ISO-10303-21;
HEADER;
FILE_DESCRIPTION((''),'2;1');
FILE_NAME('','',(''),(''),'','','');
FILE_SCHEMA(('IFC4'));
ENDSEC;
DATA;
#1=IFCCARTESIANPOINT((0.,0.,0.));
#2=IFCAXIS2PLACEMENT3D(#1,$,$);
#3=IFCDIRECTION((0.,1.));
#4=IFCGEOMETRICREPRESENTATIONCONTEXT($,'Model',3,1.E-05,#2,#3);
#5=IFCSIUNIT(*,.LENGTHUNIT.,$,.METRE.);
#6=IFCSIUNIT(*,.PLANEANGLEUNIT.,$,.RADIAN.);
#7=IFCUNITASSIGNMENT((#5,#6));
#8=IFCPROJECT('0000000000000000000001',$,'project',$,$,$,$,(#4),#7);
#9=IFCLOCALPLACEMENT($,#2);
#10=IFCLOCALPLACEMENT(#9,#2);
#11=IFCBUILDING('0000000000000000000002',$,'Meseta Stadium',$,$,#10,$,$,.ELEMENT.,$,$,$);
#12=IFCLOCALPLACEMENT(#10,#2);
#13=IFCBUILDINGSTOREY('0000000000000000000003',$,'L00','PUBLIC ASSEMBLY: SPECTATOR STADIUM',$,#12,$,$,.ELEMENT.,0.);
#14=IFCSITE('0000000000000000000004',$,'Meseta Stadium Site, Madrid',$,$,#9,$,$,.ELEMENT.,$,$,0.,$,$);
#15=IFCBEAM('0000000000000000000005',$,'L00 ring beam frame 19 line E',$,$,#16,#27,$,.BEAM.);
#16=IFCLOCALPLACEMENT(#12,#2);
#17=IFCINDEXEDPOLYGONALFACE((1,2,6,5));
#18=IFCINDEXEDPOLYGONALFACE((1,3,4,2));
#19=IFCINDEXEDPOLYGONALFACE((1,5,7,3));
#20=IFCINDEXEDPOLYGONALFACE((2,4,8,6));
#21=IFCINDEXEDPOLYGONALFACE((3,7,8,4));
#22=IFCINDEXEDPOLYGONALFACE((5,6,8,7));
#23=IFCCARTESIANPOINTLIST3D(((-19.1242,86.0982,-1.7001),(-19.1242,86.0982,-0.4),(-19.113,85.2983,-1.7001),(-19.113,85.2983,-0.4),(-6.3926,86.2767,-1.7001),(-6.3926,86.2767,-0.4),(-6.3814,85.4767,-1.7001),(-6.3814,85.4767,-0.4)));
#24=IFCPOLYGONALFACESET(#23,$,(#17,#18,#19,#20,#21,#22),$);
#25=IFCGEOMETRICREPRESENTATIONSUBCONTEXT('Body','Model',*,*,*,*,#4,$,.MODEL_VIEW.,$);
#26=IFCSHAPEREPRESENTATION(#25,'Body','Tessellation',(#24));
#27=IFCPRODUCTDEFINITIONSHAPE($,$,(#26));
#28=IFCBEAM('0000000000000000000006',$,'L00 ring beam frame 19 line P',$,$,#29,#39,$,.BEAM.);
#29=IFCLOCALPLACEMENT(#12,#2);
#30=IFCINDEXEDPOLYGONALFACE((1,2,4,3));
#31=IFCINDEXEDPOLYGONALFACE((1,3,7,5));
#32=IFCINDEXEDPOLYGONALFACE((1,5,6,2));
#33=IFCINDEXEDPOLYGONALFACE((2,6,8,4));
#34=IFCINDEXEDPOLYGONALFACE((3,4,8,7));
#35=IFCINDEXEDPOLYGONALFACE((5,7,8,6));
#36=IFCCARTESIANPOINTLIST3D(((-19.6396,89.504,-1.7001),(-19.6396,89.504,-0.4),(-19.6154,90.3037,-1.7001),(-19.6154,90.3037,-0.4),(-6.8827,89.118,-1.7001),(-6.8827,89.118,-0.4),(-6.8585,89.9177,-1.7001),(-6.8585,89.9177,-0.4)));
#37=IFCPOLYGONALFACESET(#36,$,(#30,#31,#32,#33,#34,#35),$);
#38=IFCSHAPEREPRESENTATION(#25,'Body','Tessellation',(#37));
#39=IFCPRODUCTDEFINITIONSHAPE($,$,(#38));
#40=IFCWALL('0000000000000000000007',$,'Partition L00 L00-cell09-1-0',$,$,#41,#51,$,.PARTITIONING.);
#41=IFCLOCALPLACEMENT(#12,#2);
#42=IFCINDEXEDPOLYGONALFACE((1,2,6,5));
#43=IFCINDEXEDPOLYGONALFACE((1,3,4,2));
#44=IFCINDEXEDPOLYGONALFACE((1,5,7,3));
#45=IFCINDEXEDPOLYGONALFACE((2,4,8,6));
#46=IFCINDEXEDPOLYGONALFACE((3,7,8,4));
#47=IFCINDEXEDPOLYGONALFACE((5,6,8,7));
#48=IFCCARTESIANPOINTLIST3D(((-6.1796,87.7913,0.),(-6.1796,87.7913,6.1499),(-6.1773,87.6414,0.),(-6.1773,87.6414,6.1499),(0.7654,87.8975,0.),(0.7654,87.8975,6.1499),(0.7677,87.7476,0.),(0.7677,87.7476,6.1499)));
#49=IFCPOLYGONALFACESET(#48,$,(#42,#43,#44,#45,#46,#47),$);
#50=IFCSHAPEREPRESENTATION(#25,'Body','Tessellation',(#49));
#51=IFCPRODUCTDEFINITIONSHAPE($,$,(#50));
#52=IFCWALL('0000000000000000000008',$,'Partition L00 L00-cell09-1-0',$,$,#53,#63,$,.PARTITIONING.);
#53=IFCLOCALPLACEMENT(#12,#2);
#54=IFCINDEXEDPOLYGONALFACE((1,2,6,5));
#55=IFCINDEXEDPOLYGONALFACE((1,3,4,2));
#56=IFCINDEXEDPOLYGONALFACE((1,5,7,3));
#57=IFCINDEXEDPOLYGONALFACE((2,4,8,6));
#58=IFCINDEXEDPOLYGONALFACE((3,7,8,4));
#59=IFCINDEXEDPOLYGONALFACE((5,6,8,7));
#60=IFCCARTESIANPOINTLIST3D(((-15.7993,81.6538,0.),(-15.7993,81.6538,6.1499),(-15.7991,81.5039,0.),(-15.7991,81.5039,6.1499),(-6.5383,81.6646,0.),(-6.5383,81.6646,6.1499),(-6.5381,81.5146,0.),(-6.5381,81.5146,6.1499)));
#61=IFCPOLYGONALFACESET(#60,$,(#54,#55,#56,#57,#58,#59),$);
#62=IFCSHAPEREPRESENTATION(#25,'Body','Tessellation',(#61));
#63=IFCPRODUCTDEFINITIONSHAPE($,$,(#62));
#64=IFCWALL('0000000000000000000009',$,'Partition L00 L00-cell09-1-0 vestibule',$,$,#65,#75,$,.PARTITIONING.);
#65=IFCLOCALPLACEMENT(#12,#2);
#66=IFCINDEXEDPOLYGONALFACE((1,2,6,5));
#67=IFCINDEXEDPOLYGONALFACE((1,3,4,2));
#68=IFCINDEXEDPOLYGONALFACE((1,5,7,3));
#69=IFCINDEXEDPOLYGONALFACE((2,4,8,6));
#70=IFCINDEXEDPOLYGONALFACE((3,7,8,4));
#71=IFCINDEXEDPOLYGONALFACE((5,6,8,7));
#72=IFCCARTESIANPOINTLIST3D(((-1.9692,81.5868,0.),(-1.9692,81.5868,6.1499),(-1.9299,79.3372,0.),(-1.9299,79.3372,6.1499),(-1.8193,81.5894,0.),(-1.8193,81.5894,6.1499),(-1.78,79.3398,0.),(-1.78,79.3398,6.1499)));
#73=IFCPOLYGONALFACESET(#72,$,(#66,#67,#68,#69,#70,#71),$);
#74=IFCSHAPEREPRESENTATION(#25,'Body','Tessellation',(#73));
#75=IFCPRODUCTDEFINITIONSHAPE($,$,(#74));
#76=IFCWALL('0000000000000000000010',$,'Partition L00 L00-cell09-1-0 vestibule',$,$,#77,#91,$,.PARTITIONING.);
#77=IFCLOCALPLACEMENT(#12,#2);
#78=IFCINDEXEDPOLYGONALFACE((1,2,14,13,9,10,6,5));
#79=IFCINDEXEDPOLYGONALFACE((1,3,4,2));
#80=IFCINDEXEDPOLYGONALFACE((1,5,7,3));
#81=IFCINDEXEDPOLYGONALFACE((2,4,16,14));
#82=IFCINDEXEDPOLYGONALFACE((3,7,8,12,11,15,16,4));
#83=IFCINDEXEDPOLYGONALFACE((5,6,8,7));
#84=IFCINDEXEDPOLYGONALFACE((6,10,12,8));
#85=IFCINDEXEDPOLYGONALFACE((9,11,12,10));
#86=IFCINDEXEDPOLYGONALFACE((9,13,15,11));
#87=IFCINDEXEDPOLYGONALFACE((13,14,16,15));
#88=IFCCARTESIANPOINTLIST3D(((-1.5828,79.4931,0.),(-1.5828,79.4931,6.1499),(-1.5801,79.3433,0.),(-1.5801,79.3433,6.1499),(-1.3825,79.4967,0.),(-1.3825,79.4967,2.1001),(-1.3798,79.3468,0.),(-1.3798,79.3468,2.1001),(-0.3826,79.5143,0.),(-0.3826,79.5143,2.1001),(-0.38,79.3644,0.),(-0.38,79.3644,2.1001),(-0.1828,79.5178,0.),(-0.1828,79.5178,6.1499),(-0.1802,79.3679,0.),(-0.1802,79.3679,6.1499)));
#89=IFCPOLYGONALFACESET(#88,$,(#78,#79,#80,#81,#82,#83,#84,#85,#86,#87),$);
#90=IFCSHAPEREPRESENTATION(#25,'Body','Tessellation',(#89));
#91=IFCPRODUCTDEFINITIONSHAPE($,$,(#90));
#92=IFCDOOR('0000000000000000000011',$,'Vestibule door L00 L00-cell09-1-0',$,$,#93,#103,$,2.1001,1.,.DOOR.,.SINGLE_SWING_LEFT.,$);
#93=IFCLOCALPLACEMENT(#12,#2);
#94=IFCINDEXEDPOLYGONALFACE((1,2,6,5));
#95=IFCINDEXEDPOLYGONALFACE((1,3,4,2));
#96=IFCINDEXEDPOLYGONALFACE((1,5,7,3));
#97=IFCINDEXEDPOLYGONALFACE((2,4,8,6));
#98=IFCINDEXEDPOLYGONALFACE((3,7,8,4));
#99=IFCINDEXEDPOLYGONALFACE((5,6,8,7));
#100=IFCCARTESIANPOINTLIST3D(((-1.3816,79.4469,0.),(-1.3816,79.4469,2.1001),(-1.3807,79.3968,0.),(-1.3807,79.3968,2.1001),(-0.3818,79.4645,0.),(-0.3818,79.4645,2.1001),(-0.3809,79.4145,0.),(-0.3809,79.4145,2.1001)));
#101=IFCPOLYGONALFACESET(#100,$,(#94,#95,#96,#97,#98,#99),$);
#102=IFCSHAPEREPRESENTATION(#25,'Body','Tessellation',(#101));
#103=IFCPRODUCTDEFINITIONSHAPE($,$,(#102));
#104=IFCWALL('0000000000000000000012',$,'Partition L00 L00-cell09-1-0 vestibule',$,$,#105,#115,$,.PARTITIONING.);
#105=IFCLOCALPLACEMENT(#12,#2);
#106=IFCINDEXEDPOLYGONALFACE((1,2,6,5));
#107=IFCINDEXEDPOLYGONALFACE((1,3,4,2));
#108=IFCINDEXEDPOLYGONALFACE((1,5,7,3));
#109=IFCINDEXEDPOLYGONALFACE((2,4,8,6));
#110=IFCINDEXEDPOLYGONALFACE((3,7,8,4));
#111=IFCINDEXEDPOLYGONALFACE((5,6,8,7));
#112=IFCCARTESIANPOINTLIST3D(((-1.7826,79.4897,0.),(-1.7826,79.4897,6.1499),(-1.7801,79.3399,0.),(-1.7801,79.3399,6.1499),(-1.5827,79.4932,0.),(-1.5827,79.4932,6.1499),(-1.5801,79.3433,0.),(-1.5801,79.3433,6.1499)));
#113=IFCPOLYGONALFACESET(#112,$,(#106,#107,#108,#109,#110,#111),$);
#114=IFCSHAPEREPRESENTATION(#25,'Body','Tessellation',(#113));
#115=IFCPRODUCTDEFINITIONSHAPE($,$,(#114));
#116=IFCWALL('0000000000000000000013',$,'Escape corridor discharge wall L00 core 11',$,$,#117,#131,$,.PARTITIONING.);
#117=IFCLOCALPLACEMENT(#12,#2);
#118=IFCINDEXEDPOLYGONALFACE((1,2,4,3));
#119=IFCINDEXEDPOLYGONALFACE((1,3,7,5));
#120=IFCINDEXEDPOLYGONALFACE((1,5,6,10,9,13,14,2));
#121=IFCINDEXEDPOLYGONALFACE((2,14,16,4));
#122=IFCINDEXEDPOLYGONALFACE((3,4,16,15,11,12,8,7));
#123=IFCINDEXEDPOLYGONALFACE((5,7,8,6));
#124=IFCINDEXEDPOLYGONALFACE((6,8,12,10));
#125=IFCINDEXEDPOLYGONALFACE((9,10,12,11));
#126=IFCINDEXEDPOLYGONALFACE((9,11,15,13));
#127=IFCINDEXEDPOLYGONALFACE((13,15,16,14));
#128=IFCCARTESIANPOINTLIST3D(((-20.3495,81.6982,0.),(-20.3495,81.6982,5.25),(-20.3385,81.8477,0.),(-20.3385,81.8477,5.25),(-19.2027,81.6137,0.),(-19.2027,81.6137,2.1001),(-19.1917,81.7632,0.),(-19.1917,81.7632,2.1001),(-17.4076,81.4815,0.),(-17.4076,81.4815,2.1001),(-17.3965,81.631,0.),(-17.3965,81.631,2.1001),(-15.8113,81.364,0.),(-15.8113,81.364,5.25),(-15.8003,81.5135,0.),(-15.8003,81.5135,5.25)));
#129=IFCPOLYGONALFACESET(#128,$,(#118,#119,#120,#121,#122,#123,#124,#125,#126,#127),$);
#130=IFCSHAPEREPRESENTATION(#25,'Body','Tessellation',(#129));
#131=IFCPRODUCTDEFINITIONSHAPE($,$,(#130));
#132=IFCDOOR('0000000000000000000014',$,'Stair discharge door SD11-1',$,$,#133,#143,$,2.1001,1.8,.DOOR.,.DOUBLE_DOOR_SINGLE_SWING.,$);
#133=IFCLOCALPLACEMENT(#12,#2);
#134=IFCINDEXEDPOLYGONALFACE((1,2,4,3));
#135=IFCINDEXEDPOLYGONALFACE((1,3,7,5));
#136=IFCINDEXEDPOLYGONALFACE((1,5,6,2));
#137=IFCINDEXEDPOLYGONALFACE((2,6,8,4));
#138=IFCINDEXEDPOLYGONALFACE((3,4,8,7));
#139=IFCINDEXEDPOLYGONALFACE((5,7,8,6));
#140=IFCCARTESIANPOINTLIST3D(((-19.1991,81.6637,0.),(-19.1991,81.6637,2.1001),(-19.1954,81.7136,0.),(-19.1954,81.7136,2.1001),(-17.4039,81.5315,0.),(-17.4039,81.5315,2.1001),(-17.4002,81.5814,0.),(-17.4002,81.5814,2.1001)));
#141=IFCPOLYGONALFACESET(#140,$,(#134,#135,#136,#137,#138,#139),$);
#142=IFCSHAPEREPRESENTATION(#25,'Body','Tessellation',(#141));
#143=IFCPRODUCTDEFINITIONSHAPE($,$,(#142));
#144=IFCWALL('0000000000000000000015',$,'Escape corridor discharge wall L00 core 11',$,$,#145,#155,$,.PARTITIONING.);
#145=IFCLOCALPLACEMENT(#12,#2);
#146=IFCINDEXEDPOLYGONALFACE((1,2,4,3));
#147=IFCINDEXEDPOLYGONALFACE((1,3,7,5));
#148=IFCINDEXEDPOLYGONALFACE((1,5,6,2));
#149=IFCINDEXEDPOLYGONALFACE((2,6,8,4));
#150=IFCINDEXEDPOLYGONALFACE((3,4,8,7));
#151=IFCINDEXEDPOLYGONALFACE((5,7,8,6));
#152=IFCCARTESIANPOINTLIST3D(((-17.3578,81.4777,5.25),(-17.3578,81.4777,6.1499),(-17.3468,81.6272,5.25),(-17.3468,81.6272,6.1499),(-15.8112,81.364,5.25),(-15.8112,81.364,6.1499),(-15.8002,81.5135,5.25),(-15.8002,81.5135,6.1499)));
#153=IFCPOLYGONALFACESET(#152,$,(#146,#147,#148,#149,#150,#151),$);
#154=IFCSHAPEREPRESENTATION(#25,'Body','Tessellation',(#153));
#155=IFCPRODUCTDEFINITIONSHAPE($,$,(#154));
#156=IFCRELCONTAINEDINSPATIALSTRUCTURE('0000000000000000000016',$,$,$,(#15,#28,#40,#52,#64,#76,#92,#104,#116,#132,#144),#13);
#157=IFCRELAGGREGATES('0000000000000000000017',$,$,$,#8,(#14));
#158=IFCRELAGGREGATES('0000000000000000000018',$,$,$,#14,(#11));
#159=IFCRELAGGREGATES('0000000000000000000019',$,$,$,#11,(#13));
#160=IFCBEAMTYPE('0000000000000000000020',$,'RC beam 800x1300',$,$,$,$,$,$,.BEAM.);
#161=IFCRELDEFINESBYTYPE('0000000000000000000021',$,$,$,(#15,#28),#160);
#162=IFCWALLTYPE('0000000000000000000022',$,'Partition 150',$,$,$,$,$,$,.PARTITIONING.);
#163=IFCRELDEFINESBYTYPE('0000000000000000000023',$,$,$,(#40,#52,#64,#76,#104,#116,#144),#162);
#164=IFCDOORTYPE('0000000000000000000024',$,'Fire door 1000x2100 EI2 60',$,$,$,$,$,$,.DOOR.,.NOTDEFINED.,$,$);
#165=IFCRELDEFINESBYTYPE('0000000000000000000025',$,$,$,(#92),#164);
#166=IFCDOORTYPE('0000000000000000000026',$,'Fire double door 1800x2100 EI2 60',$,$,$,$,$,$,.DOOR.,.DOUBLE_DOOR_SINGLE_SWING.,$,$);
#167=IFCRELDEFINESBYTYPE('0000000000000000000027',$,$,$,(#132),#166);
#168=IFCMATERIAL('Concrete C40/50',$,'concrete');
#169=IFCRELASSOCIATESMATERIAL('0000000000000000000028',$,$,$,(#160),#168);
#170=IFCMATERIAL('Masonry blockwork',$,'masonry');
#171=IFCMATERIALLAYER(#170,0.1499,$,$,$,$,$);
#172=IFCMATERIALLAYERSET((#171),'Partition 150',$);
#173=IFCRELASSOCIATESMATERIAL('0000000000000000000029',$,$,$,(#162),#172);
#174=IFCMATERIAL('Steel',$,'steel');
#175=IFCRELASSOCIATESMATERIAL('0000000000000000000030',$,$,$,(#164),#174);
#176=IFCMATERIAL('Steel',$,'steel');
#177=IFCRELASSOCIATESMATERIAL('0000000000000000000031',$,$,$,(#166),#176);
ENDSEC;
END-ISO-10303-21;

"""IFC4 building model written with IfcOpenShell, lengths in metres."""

from ifc_helpers import new_model, si_unit, direction, frame, frame_2d, origin, origin_2d, place, context, subcontext, project, spatial, rectangle, extrude, material, layer, layer_set, material_profile, profile_set, type_object, element, fill, save


model = new_model("IFC4")

# Units and contexts
model_context = context("Model", 3, precision=1e-05, world=origin(), true_north=direction((0.0, 1.0)))
body_context = subcontext(model_context, "Body", "Model", "MODEL_VIEW")
ifc_project = project(units=[si_unit("LENGTHUNIT", "METRE"), si_unit("PLANEANGLEUNIT", "RADIAN")], contexts=[model_context])

# Site, building, storey
site_placement = place(None, origin())
site = spatial("IfcSite", under=ifc_project, at=site_placement, Name="Meseta Stadium Site, Madrid", CompositionType="ELEMENT", RefElevation=0.0)
building_placement = place(site_placement, origin())
building = spatial("IfcBuilding", under=site, at=building_placement, Name="Meseta Stadium", CompositionType="ELEMENT")
storey_placement = place(building_placement, origin())
storey = spatial("IfcBuildingStorey", under=building, at=storey_placement, Name="L00", Description="PUBLIC ASSEMBLY: SPECTATOR STADIUM", CompositionType="ELEMENT", Elevation=0.0)

# Beams
ifc_material_1 = material(Name="Concrete C40/50", Category="concrete")
ifc_material_profile_1 = material_profile(ifc_material_1, rectangle(XDim=0.8, YDim=1.3, at=origin_2d()), Name="RC 800x1300")
ifc_profile_set_1 = profile_set([ifc_material_profile_1], Name="Concrete C40/50")
beam_type_1 = type_object("IfcBeamType", Name="RC beam 800x1300", PredefinedType="BEAM", material=ifc_profile_set_1)
beam_1_placement = place(storey_placement, frame((-6.387, 85.8767, -1.05), z_axis=(-0.999902, -0.014016, 0.0), x_axis=(0.014016, -0.999902, 0.0)))
element("IfcBeam", 1, at=beam_1_placement, inside=storey, type_object=beam_type_1, Name="L00 ring beam frame 19 line E", PredefinedType="BEAM", context=body_context, shape_type="SweptSolid", body=[
    extrude(rectangle(XDim=0.8, YDim=1.3, at=origin_2d()), origin(), (0.0, 0.0, 1.0), 12.7329),
])
beam_2_placement = place(storey_placement, frame((-6.8706, 89.5178, -1.05), z_axis=(-0.999543, 0.030243, 0.0), x_axis=(-0.030243, -0.999543, 0.0)))
element("IfcBeam", 2, at=beam_2_placement, inside=storey, type_object=beam_type_1, Name="L00 ring beam frame 19 line P", PredefinedType="BEAM", context=body_context, shape_type="SweptSolid", body=[
    extrude(rectangle(XDim=0.8, YDim=1.3, at=origin_2d()), origin(), (0.0, 0.0, 1.0), 12.7627),
])

# Walls
ifc_material_2 = material(Name="Masonry blockwork", Category="masonry")
ifc_layer = layer(ifc_material_2, 0.1499)
ifc_layer_set = layer_set([ifc_layer], Name="Partition 150")
wall_type = type_object("IfcWallType", Name="Partition 150", PredefinedType="PARTITIONING", material=ifc_layer_set)
wall_1_placement = place(storey_placement, frame((-6.1785, 87.7163, 0.0), z_axis=(0.0, 0.0, 1.0), x_axis=(0.999883, 0.01529, 0.0)))
element("IfcWall", 3, at=wall_1_placement, inside=storey, type_object=wall_type, Name="Partition L00 L00-cell09-1-0", PredefinedType="PARTITIONING", context=body_context, shape_type="SweptSolid", body=[
    extrude(rectangle(XDim=6.9458, YDim=0.1499, at=frame_2d((3.4729, 0.0))), origin(), (0.0, 0.0, 1.0), 6.1499),
])
wall_2_placement = place(storey_placement, frame((-6.5383, 81.5896, 0.0), z_axis=(0.0, 0.0, 1.0), x_axis=(-0.999999, -0.00116, 0.0)))
element("IfcWall", 4, at=wall_2_placement, inside=storey, type_object=wall_type, Name="Partition L00 L00-cell09-1-0", PredefinedType="PARTITIONING", context=body_context, shape_type="SweptSolid", body=[
    extrude(rectangle(XDim=9.261, YDim=0.1499, at=frame_2d((4.6304, 0.0))), origin(), (0.0, 0.0, 1.0), 6.1499),
])
wall_3_placement = place(storey_placement, frame((-1.8943, 81.5881, 0.0), z_axis=(0.0, 0.0, 1.0), x_axis=(0.017469, -0.999847, 0.0)))
element("IfcWall", 5, at=wall_3_placement, inside=storey, type_object=wall_type, Name="Partition L00 L00-cell09-1-0 vestibule", PredefinedType="PARTITIONING", context=body_context, shape_type="SweptSolid", body=[
    extrude(rectangle(XDim=2.25, YDim=0.1499, at=frame_2d((1.125, 0.0))), origin(), (0.0, 0.0, 1.0), 6.1499),
])

# Wall, opening, door
wall_4_placement = place(storey_placement, frame((-0.1814, 79.4429, 0.0), z_axis=(0.0, 0.0, 1.0), x_axis=(-0.999845, -0.017611, 0.0)))
wall_4 = element("IfcWall", 6, at=wall_4_placement, inside=storey, type_object=wall_type, Name="Partition L00 L00-cell09-1-0 vestibule", PredefinedType="PARTITIONING", context=body_context, shape_type="SweptSolid", body=[
    extrude(rectangle(XDim=1.4001, YDim=0.1499, at=frame_2d((0.7002, 0.0))), origin(), (0.0, 0.0, 1.0), 6.1499),
])
opening_1_placement = place(wall_4_placement, frame((0.2, 0.0, 0.0)))
opening_1 = element("IfcOpeningElement", 7, at=opening_1_placement, cuts=wall_4, PredefinedType="OPENING", context=body_context, shape_type="SweptSolid", body=[
    extrude(rectangle(XDim=1.0, YDim=2.1001, at=frame_2d((0.5, 1.05))), frame((0.0, 0.085, 0.0), z_axis=(0.0, -1.0, 0.0), x_axis=(1.0, 0.0, 0.0)), (0.0, 0.0, 1.0), 0.1699),
])
ifc_material_3 = material(Name="Steel", Category="steel")
door_type_1 = type_object("IfcDoorType", Name="Fire door 1000x2100 EI2 60", OperationType="NOTDEFINED", PredefinedType="DOOR", material=ifc_material_3)
door_1_placement = place(opening_1_placement, origin())
door_1 = element("IfcDoor", 8, at=door_1_placement, inside=storey, type_object=door_type_1, Name="Vestibule door L00 L00-cell09-1-0", OperationType="SINGLE_SWING_LEFT", OverallHeight=2.1001, OverallWidth=1.0, PredefinedType="DOOR", context=body_context, shape_type="SweptSolid", body=[
    extrude(rectangle(XDim=1.0, YDim=2.1001, at=frame_2d((0.5, 1.05))), frame((0.0, 0.0249, 0.0), z_axis=(0.0, -1.0, 0.0), x_axis=(1.0, 0.0, 0.0)), (0.0, 0.0, 1.0), 0.05),
])
fill(opening_1, door_1)

# Wall
wall_5_placement = place(storey_placement, frame((-1.5813, 79.4182, 0.0), z_axis=(0.0, 0.0, 1.0), x_axis=(-0.999854, -0.017092, 0.0)))
element("IfcWall", 9, at=wall_5_placement, inside=storey, type_object=wall_type, Name="Partition L00 L00-cell09-1-0 vestibule", PredefinedType="PARTITIONING", context=body_context, shape_type="SweptSolid", body=[
    extrude(rectangle(XDim=0.2, YDim=0.1499, at=frame_2d((0.1001, 0.0))), origin(), (0.0, 0.0, 1.0), 6.1499),
])

# Wall, opening, door
wall_6_placement = place(storey_placement, frame((-15.8057, 81.4387, 0.0), z_axis=(0.0, 0.0, 1.0), x_axis=(-0.997299, 0.073447, 0.0)))
wall_6 = element("IfcWall", 10, at=wall_6_placement, inside=storey, type_object=wall_type, Name="Escape corridor discharge wall L00 core 11", PredefinedType="PARTITIONING", context=body_context, shape_type="SweptSolid", body=[
    extrude(rectangle(XDim=4.5505, YDim=0.1499, at=frame_2d((2.2754, 0.0))), origin(), (0.0, 0.0, 1.0), 5.25),
])
opening_2_placement = place(wall_6_placement, frame((1.6008, 0.0, 0.0)))
opening_2 = element("IfcOpeningElement", 11, at=opening_2_placement, cuts=wall_6, PredefinedType="OPENING", context=body_context, shape_type="SweptSolid", body=[
    extrude(rectangle(XDim=1.8, YDim=2.1001, at=frame_2d((0.8999, 1.05))), frame((0.0, 0.085, 0.0), z_axis=(0.0, -1.0, 0.0), x_axis=(1.0, 0.0, 0.0)), (0.0, 0.0, 1.0), 0.1699),
])
ifc_material_4 = material(Name="Steel", Category="steel")
door_type_2 = type_object("IfcDoorType", Name="Fire double door 1800x2100 EI2 60", OperationType="DOUBLE_DOOR_SINGLE_SWING", PredefinedType="DOOR", material=ifc_material_4)
door_2_placement = place(opening_2_placement, origin())
door_2 = element("IfcDoor", 12, at=door_2_placement, inside=storey, type_object=door_type_2, Name="Stair discharge door SD11-1", OperationType="DOUBLE_DOOR_SINGLE_SWING", OverallHeight=2.1001, OverallWidth=1.8, PredefinedType="DOOR", context=body_context, shape_type="SweptSolid", body=[
    extrude(rectangle(XDim=1.8, YDim=2.1001, at=frame_2d((0.8999, 1.05))), frame((0.0, 0.0249, 0.0), z_axis=(0.0, -1.0, 0.0), x_axis=(1.0, 0.0, 0.0)), (0.0, 0.0, 1.0), 0.05),
])
fill(opening_2, door_2)

# Wall
wall_7_placement = place(storey_placement, frame((-15.8057, 81.4387, 5.25), z_axis=(0.0, 0.0, 1.0), x_axis=(-0.997305, 0.073361, 0.0)))
element("IfcWall", 13, at=wall_7_placement, inside=storey, type_object=wall_type, Name="Escape corridor discharge wall L00 core 11", PredefinedType="PARTITIONING", context=body_context, shape_type="SweptSolid", body=[
    extrude(rectangle(XDim=1.5508, YDim=0.1499, at=frame_2d((0.7754, 0.0))), origin(), (0.0, 0.0, 1.0), 0.8999),
])

save(model, "model.ifc")
